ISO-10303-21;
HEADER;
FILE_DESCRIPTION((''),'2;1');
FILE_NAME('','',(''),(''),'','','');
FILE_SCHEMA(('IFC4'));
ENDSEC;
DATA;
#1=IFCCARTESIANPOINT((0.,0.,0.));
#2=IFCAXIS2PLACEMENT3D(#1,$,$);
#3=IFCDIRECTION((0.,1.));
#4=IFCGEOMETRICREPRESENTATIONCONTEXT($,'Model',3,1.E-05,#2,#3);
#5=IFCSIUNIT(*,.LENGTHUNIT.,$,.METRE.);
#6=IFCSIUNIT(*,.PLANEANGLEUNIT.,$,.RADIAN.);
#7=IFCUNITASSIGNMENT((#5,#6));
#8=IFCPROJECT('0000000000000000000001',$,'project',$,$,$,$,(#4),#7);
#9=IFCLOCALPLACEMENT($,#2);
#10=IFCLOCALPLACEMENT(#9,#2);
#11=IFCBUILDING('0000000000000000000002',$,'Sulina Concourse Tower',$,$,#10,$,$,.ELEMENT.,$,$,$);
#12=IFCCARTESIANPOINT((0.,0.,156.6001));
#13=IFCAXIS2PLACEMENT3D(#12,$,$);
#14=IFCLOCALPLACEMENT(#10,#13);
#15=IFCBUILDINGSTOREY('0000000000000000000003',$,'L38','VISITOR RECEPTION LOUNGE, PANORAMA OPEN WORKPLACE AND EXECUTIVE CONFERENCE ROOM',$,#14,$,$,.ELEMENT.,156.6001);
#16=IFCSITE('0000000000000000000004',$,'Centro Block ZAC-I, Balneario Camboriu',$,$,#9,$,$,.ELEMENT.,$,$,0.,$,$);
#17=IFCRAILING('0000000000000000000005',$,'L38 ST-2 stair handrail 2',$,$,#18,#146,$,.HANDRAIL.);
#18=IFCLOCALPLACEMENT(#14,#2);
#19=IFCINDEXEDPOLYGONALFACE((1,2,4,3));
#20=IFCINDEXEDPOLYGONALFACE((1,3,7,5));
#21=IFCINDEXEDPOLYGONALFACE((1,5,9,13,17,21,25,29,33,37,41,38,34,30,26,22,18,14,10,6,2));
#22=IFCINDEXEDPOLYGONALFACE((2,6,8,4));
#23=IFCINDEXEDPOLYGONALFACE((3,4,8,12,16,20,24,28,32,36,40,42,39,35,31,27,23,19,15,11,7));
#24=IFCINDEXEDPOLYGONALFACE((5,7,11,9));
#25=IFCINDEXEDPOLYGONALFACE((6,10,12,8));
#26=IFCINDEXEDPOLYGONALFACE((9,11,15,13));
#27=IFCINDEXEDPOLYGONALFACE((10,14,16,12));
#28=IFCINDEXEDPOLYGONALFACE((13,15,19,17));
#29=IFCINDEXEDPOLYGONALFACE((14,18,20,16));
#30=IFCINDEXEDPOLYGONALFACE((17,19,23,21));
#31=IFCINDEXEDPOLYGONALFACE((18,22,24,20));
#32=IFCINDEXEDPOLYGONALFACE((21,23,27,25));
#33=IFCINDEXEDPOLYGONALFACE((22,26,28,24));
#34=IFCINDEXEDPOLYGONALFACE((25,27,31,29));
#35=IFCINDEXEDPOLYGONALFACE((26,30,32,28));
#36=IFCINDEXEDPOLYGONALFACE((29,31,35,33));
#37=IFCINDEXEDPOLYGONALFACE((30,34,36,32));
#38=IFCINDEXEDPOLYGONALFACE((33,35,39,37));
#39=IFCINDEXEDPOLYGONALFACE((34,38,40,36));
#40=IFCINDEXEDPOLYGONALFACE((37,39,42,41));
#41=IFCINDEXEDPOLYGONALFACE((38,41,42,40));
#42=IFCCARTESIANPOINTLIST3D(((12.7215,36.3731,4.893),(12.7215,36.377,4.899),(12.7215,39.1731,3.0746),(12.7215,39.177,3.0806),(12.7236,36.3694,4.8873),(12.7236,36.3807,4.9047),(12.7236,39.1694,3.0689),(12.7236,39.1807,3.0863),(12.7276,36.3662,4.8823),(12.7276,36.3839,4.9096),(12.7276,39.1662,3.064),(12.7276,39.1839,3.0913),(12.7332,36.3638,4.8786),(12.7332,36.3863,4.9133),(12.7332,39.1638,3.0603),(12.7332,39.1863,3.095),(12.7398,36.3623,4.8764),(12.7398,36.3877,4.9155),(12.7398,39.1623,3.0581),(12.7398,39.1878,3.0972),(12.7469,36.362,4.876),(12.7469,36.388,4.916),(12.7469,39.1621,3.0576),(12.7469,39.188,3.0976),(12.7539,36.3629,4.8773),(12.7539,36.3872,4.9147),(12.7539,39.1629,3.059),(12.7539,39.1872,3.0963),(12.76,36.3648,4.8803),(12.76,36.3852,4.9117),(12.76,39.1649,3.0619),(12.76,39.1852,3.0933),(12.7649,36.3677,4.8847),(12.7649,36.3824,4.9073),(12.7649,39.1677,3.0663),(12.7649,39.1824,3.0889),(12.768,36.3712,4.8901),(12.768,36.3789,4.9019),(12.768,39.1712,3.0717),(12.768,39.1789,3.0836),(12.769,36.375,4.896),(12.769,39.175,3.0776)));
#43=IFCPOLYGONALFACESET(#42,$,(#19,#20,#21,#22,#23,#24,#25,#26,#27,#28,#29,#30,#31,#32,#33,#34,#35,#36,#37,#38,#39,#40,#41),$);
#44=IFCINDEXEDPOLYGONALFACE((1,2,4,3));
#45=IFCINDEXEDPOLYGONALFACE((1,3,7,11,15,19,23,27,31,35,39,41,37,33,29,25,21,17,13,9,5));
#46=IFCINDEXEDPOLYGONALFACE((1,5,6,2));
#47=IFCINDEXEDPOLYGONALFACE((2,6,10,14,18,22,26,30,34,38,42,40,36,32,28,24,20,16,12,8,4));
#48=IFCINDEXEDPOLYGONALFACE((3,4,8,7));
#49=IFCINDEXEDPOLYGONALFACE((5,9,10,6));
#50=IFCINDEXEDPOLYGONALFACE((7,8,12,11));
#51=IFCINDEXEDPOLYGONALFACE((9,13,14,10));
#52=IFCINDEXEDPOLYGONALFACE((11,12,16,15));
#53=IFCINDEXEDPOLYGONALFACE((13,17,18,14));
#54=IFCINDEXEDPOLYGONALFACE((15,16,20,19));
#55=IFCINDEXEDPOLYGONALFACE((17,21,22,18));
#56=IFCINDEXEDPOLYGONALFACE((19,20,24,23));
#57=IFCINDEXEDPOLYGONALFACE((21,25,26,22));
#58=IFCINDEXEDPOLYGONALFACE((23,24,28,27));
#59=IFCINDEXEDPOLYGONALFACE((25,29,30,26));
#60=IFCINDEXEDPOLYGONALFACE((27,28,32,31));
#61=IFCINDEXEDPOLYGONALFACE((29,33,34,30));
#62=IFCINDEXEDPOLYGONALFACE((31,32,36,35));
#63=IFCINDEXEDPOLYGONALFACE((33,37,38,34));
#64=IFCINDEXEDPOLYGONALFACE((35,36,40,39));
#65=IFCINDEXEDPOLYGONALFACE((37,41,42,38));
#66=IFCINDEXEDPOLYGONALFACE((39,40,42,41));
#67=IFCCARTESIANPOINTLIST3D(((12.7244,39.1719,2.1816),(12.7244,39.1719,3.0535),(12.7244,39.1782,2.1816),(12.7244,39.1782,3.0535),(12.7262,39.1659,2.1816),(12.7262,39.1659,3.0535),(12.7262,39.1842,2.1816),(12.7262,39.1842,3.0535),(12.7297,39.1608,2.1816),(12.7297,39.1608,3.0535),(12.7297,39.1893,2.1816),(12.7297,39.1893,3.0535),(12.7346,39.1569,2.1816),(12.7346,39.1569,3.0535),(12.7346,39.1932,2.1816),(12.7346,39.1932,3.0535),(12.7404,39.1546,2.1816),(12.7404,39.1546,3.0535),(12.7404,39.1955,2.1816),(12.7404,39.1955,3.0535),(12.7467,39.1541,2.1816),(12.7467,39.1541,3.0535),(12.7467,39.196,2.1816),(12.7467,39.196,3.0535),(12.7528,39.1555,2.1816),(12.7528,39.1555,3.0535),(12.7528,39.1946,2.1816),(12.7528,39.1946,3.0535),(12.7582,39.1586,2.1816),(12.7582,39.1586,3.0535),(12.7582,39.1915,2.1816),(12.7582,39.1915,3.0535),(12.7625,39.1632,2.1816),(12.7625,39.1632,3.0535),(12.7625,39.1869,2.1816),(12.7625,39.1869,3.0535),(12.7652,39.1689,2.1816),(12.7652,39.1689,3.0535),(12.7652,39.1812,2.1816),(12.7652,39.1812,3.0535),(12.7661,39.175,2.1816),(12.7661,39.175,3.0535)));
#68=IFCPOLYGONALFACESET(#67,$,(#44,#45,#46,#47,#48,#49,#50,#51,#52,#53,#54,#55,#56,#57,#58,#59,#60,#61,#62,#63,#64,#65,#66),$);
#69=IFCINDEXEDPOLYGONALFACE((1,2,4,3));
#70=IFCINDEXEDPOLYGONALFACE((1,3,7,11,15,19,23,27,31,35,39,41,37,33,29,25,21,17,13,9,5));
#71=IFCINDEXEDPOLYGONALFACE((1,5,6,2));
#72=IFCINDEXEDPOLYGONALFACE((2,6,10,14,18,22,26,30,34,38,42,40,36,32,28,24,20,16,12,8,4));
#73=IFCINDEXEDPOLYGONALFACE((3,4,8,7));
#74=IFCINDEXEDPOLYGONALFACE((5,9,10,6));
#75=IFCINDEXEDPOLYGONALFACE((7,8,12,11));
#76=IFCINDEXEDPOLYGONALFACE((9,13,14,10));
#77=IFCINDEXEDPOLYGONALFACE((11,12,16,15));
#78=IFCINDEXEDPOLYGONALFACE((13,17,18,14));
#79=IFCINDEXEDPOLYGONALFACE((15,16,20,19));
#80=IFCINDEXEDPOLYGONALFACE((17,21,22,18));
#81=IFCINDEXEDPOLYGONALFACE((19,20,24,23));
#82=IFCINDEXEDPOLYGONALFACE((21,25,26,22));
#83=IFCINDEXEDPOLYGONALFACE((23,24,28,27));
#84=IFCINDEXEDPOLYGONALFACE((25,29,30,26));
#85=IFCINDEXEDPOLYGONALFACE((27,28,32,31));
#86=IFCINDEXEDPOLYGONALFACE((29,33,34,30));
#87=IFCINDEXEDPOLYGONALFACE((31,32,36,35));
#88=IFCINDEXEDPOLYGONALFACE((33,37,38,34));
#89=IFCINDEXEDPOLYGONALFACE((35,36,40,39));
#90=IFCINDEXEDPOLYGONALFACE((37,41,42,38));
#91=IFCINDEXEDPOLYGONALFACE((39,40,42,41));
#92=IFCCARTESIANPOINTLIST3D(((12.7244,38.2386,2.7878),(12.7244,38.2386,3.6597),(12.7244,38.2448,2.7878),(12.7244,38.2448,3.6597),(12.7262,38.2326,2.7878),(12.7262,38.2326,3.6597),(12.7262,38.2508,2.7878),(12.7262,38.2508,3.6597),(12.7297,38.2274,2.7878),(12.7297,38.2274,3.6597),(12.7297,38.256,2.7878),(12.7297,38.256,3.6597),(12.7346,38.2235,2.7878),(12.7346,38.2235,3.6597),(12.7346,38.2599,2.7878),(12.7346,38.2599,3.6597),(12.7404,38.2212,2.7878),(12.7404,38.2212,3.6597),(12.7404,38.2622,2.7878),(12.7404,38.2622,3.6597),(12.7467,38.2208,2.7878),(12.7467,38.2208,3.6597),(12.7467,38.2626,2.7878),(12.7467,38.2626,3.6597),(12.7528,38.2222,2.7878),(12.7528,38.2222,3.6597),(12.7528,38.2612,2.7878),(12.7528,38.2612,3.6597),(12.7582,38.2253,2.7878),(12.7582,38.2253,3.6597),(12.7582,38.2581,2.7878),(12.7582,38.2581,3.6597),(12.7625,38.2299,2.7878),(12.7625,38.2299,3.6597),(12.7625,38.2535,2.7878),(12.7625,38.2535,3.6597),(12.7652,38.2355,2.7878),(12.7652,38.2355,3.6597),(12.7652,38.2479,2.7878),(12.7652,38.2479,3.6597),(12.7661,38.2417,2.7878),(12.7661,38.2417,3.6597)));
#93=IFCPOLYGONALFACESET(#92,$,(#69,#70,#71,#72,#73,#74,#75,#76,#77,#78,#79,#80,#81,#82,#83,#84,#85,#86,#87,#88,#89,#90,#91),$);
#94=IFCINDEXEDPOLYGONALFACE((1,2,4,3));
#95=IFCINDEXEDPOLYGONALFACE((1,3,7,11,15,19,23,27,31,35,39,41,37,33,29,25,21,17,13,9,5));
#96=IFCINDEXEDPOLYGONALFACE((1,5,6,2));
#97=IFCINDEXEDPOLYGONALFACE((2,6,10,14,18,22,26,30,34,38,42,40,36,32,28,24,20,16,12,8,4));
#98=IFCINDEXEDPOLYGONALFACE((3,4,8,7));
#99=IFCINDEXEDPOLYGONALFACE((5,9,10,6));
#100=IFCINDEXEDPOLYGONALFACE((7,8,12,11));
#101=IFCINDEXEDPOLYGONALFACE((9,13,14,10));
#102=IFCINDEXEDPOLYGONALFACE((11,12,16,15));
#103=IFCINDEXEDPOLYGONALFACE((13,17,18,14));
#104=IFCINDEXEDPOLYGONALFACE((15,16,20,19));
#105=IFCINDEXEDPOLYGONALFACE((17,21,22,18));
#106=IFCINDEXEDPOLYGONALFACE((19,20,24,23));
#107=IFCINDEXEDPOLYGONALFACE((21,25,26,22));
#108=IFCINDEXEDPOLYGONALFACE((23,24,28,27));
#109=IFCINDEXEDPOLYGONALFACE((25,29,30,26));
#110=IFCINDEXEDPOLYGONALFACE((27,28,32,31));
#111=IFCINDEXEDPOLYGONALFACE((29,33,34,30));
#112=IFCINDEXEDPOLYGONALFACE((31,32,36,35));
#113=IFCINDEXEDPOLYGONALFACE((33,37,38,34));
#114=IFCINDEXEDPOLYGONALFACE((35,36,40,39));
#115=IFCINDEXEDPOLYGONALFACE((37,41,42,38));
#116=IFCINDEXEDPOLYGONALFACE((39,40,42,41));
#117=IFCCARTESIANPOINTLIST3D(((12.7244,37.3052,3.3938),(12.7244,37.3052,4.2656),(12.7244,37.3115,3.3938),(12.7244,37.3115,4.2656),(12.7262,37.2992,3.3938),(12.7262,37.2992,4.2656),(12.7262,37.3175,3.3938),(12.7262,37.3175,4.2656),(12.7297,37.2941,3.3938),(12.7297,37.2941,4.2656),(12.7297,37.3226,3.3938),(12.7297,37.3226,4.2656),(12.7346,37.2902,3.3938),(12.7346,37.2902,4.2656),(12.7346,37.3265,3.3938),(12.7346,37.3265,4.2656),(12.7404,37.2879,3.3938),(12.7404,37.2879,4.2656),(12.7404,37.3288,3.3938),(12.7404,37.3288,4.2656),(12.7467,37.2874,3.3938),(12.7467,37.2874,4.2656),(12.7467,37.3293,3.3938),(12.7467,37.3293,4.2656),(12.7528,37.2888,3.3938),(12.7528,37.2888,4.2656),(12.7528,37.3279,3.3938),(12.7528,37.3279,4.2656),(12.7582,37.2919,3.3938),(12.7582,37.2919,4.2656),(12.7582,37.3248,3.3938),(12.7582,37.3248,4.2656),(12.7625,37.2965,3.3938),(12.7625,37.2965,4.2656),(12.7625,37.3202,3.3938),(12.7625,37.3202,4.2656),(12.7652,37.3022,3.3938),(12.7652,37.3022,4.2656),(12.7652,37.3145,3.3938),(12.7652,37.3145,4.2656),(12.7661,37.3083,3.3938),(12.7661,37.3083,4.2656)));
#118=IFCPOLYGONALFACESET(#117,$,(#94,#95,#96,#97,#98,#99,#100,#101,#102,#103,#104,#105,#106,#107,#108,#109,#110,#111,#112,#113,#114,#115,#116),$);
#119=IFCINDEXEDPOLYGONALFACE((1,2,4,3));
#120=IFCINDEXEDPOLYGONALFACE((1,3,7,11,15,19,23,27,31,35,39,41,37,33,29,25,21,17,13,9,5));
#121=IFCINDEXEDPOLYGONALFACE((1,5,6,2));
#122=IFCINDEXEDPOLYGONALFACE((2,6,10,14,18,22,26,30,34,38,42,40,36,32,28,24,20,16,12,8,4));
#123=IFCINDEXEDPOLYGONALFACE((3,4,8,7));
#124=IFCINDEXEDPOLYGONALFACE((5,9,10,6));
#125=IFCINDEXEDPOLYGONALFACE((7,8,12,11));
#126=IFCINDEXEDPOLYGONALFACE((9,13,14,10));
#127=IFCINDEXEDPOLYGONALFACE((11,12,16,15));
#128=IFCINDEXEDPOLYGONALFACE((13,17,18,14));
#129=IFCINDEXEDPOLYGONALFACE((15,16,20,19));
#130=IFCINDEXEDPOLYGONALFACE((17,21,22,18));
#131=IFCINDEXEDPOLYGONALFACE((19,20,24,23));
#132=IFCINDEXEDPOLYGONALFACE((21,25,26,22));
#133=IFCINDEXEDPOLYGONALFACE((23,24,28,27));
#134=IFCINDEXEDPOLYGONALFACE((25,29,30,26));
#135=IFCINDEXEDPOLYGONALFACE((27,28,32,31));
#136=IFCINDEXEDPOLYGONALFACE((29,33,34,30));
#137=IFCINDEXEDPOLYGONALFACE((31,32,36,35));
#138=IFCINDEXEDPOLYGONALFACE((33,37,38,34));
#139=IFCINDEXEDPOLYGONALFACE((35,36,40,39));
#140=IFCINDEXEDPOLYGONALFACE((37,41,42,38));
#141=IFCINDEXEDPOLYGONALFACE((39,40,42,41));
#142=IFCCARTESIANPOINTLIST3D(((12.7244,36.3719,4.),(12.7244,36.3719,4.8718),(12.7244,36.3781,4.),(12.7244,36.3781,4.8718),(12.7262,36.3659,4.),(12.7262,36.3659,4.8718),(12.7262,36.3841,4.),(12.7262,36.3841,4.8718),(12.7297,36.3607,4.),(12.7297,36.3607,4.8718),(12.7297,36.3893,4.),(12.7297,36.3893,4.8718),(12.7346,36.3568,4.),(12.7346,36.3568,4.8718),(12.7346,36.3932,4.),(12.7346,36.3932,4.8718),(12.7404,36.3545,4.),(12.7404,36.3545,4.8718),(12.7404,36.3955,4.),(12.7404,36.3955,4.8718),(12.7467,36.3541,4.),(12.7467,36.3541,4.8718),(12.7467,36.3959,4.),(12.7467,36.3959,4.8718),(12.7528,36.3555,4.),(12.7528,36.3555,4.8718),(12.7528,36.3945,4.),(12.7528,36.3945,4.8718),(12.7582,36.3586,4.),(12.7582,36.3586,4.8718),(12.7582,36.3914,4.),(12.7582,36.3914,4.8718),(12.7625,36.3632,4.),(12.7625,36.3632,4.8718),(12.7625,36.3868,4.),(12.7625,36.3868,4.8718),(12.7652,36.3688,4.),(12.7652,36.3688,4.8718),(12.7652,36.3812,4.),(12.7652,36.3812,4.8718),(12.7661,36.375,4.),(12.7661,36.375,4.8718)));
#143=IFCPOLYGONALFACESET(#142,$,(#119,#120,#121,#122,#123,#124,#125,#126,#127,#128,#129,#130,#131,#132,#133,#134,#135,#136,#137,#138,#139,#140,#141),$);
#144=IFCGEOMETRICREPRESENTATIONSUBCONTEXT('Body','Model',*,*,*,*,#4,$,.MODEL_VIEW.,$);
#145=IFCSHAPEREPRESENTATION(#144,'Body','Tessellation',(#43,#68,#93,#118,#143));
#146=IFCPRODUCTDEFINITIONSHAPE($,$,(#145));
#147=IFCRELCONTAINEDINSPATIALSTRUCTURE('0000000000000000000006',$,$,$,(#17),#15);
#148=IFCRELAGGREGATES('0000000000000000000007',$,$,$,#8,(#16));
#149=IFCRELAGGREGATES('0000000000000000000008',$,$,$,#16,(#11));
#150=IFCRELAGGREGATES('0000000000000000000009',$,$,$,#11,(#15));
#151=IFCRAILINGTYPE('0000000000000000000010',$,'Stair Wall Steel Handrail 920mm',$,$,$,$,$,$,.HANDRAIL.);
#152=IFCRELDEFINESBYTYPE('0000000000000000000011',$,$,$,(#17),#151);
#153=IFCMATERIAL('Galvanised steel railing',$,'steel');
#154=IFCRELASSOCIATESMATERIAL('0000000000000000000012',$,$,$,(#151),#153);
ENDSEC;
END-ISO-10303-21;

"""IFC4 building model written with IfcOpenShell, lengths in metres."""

from ifc_helpers import new_model, si_unit, direction, frame, origin, origin_2d, place, context, subcontext, project, spatial, circle, extrude, material, type_object, element, save


model = new_model("IFC4")

# Units and contexts
model_context = context("Model", 3, precision=1e-05, world=origin(), true_north=direction((0.0, 1.0)))
body_context = subcontext(model_context, "Body", "Model", "MODEL_VIEW")
ifc_project = project(units=[si_unit("LENGTHUNIT", "METRE"), si_unit("PLANEANGLEUNIT", "RADIAN")], contexts=[model_context])

# Site, building, storey
site_placement = place(None, origin())
site = spatial("IfcSite", under=ifc_project, at=site_placement, Name="Centro Block ZAC-I, Balneario Camboriu", CompositionType="ELEMENT", RefElevation=0.0)
building_placement = place(site_placement, origin())
building = spatial("IfcBuilding", under=site, at=building_placement, Name="Sulina Concourse Tower", CompositionType="ELEMENT")
storey_placement = place(building_placement, frame((0.0, 0.0, 156.6001)))
storey = spatial("IfcBuildingStorey", under=building, at=storey_placement, Name="L38", Description="VISITOR RECEPTION LOUNGE, PANORAMA OPEN WORKPLACE AND EXECUTIVE CONFERENCE ROOM", CompositionType="ELEMENT", Elevation=156.6001)

# Railing
ifc_material_1 = material(Name="Galvanised steel railing", Category="steel")
railing_type_1 = type_object("IfcRailingType", Name="Stair Wall Steel Handrail 920mm", PredefinedType="HANDRAIL", material=ifc_material_1)
railing_1_placement = place(storey_placement, frame((12.7451, 39.175, 2.1816)))
element("IfcRailing", 1, at=railing_1_placement, inside=storey, type_object=railing_type_1, Name="L38 ST-2 stair handrail 2", PredefinedType="HANDRAIL", context=body_context, shape_type="SweptSolid", body=[
    extrude(circle(Radius=0.0239, at=origin_2d()), frame((0.0, 0.0, 0.896), z_axis=(0.0, -0.838672, 0.544636), x_axis=(1.0, 0.0, 0.0)), (0.0, 0.0, 1.0), 3.3386),
    extrude(circle(Radius=0.021, at=origin_2d()), origin(), (0.0, 0.0, 1.0), 0.8718),
    extrude(circle(Radius=0.021, at=origin_2d()), frame((0.0, -0.9333, 0.6062)), (0.0, 0.0, 1.0), 0.8718),
    extrude(circle(Radius=0.021, at=origin_2d()), frame((0.0, -1.8667, 1.2122)), (0.0, 0.0, 1.0), 0.8718),
    extrude(circle(Radius=0.021, at=origin_2d()), frame((0.0, -2.8, 1.8184)), (0.0, 0.0, 1.0), 0.8718),
])

save(model, "model.ifc")
